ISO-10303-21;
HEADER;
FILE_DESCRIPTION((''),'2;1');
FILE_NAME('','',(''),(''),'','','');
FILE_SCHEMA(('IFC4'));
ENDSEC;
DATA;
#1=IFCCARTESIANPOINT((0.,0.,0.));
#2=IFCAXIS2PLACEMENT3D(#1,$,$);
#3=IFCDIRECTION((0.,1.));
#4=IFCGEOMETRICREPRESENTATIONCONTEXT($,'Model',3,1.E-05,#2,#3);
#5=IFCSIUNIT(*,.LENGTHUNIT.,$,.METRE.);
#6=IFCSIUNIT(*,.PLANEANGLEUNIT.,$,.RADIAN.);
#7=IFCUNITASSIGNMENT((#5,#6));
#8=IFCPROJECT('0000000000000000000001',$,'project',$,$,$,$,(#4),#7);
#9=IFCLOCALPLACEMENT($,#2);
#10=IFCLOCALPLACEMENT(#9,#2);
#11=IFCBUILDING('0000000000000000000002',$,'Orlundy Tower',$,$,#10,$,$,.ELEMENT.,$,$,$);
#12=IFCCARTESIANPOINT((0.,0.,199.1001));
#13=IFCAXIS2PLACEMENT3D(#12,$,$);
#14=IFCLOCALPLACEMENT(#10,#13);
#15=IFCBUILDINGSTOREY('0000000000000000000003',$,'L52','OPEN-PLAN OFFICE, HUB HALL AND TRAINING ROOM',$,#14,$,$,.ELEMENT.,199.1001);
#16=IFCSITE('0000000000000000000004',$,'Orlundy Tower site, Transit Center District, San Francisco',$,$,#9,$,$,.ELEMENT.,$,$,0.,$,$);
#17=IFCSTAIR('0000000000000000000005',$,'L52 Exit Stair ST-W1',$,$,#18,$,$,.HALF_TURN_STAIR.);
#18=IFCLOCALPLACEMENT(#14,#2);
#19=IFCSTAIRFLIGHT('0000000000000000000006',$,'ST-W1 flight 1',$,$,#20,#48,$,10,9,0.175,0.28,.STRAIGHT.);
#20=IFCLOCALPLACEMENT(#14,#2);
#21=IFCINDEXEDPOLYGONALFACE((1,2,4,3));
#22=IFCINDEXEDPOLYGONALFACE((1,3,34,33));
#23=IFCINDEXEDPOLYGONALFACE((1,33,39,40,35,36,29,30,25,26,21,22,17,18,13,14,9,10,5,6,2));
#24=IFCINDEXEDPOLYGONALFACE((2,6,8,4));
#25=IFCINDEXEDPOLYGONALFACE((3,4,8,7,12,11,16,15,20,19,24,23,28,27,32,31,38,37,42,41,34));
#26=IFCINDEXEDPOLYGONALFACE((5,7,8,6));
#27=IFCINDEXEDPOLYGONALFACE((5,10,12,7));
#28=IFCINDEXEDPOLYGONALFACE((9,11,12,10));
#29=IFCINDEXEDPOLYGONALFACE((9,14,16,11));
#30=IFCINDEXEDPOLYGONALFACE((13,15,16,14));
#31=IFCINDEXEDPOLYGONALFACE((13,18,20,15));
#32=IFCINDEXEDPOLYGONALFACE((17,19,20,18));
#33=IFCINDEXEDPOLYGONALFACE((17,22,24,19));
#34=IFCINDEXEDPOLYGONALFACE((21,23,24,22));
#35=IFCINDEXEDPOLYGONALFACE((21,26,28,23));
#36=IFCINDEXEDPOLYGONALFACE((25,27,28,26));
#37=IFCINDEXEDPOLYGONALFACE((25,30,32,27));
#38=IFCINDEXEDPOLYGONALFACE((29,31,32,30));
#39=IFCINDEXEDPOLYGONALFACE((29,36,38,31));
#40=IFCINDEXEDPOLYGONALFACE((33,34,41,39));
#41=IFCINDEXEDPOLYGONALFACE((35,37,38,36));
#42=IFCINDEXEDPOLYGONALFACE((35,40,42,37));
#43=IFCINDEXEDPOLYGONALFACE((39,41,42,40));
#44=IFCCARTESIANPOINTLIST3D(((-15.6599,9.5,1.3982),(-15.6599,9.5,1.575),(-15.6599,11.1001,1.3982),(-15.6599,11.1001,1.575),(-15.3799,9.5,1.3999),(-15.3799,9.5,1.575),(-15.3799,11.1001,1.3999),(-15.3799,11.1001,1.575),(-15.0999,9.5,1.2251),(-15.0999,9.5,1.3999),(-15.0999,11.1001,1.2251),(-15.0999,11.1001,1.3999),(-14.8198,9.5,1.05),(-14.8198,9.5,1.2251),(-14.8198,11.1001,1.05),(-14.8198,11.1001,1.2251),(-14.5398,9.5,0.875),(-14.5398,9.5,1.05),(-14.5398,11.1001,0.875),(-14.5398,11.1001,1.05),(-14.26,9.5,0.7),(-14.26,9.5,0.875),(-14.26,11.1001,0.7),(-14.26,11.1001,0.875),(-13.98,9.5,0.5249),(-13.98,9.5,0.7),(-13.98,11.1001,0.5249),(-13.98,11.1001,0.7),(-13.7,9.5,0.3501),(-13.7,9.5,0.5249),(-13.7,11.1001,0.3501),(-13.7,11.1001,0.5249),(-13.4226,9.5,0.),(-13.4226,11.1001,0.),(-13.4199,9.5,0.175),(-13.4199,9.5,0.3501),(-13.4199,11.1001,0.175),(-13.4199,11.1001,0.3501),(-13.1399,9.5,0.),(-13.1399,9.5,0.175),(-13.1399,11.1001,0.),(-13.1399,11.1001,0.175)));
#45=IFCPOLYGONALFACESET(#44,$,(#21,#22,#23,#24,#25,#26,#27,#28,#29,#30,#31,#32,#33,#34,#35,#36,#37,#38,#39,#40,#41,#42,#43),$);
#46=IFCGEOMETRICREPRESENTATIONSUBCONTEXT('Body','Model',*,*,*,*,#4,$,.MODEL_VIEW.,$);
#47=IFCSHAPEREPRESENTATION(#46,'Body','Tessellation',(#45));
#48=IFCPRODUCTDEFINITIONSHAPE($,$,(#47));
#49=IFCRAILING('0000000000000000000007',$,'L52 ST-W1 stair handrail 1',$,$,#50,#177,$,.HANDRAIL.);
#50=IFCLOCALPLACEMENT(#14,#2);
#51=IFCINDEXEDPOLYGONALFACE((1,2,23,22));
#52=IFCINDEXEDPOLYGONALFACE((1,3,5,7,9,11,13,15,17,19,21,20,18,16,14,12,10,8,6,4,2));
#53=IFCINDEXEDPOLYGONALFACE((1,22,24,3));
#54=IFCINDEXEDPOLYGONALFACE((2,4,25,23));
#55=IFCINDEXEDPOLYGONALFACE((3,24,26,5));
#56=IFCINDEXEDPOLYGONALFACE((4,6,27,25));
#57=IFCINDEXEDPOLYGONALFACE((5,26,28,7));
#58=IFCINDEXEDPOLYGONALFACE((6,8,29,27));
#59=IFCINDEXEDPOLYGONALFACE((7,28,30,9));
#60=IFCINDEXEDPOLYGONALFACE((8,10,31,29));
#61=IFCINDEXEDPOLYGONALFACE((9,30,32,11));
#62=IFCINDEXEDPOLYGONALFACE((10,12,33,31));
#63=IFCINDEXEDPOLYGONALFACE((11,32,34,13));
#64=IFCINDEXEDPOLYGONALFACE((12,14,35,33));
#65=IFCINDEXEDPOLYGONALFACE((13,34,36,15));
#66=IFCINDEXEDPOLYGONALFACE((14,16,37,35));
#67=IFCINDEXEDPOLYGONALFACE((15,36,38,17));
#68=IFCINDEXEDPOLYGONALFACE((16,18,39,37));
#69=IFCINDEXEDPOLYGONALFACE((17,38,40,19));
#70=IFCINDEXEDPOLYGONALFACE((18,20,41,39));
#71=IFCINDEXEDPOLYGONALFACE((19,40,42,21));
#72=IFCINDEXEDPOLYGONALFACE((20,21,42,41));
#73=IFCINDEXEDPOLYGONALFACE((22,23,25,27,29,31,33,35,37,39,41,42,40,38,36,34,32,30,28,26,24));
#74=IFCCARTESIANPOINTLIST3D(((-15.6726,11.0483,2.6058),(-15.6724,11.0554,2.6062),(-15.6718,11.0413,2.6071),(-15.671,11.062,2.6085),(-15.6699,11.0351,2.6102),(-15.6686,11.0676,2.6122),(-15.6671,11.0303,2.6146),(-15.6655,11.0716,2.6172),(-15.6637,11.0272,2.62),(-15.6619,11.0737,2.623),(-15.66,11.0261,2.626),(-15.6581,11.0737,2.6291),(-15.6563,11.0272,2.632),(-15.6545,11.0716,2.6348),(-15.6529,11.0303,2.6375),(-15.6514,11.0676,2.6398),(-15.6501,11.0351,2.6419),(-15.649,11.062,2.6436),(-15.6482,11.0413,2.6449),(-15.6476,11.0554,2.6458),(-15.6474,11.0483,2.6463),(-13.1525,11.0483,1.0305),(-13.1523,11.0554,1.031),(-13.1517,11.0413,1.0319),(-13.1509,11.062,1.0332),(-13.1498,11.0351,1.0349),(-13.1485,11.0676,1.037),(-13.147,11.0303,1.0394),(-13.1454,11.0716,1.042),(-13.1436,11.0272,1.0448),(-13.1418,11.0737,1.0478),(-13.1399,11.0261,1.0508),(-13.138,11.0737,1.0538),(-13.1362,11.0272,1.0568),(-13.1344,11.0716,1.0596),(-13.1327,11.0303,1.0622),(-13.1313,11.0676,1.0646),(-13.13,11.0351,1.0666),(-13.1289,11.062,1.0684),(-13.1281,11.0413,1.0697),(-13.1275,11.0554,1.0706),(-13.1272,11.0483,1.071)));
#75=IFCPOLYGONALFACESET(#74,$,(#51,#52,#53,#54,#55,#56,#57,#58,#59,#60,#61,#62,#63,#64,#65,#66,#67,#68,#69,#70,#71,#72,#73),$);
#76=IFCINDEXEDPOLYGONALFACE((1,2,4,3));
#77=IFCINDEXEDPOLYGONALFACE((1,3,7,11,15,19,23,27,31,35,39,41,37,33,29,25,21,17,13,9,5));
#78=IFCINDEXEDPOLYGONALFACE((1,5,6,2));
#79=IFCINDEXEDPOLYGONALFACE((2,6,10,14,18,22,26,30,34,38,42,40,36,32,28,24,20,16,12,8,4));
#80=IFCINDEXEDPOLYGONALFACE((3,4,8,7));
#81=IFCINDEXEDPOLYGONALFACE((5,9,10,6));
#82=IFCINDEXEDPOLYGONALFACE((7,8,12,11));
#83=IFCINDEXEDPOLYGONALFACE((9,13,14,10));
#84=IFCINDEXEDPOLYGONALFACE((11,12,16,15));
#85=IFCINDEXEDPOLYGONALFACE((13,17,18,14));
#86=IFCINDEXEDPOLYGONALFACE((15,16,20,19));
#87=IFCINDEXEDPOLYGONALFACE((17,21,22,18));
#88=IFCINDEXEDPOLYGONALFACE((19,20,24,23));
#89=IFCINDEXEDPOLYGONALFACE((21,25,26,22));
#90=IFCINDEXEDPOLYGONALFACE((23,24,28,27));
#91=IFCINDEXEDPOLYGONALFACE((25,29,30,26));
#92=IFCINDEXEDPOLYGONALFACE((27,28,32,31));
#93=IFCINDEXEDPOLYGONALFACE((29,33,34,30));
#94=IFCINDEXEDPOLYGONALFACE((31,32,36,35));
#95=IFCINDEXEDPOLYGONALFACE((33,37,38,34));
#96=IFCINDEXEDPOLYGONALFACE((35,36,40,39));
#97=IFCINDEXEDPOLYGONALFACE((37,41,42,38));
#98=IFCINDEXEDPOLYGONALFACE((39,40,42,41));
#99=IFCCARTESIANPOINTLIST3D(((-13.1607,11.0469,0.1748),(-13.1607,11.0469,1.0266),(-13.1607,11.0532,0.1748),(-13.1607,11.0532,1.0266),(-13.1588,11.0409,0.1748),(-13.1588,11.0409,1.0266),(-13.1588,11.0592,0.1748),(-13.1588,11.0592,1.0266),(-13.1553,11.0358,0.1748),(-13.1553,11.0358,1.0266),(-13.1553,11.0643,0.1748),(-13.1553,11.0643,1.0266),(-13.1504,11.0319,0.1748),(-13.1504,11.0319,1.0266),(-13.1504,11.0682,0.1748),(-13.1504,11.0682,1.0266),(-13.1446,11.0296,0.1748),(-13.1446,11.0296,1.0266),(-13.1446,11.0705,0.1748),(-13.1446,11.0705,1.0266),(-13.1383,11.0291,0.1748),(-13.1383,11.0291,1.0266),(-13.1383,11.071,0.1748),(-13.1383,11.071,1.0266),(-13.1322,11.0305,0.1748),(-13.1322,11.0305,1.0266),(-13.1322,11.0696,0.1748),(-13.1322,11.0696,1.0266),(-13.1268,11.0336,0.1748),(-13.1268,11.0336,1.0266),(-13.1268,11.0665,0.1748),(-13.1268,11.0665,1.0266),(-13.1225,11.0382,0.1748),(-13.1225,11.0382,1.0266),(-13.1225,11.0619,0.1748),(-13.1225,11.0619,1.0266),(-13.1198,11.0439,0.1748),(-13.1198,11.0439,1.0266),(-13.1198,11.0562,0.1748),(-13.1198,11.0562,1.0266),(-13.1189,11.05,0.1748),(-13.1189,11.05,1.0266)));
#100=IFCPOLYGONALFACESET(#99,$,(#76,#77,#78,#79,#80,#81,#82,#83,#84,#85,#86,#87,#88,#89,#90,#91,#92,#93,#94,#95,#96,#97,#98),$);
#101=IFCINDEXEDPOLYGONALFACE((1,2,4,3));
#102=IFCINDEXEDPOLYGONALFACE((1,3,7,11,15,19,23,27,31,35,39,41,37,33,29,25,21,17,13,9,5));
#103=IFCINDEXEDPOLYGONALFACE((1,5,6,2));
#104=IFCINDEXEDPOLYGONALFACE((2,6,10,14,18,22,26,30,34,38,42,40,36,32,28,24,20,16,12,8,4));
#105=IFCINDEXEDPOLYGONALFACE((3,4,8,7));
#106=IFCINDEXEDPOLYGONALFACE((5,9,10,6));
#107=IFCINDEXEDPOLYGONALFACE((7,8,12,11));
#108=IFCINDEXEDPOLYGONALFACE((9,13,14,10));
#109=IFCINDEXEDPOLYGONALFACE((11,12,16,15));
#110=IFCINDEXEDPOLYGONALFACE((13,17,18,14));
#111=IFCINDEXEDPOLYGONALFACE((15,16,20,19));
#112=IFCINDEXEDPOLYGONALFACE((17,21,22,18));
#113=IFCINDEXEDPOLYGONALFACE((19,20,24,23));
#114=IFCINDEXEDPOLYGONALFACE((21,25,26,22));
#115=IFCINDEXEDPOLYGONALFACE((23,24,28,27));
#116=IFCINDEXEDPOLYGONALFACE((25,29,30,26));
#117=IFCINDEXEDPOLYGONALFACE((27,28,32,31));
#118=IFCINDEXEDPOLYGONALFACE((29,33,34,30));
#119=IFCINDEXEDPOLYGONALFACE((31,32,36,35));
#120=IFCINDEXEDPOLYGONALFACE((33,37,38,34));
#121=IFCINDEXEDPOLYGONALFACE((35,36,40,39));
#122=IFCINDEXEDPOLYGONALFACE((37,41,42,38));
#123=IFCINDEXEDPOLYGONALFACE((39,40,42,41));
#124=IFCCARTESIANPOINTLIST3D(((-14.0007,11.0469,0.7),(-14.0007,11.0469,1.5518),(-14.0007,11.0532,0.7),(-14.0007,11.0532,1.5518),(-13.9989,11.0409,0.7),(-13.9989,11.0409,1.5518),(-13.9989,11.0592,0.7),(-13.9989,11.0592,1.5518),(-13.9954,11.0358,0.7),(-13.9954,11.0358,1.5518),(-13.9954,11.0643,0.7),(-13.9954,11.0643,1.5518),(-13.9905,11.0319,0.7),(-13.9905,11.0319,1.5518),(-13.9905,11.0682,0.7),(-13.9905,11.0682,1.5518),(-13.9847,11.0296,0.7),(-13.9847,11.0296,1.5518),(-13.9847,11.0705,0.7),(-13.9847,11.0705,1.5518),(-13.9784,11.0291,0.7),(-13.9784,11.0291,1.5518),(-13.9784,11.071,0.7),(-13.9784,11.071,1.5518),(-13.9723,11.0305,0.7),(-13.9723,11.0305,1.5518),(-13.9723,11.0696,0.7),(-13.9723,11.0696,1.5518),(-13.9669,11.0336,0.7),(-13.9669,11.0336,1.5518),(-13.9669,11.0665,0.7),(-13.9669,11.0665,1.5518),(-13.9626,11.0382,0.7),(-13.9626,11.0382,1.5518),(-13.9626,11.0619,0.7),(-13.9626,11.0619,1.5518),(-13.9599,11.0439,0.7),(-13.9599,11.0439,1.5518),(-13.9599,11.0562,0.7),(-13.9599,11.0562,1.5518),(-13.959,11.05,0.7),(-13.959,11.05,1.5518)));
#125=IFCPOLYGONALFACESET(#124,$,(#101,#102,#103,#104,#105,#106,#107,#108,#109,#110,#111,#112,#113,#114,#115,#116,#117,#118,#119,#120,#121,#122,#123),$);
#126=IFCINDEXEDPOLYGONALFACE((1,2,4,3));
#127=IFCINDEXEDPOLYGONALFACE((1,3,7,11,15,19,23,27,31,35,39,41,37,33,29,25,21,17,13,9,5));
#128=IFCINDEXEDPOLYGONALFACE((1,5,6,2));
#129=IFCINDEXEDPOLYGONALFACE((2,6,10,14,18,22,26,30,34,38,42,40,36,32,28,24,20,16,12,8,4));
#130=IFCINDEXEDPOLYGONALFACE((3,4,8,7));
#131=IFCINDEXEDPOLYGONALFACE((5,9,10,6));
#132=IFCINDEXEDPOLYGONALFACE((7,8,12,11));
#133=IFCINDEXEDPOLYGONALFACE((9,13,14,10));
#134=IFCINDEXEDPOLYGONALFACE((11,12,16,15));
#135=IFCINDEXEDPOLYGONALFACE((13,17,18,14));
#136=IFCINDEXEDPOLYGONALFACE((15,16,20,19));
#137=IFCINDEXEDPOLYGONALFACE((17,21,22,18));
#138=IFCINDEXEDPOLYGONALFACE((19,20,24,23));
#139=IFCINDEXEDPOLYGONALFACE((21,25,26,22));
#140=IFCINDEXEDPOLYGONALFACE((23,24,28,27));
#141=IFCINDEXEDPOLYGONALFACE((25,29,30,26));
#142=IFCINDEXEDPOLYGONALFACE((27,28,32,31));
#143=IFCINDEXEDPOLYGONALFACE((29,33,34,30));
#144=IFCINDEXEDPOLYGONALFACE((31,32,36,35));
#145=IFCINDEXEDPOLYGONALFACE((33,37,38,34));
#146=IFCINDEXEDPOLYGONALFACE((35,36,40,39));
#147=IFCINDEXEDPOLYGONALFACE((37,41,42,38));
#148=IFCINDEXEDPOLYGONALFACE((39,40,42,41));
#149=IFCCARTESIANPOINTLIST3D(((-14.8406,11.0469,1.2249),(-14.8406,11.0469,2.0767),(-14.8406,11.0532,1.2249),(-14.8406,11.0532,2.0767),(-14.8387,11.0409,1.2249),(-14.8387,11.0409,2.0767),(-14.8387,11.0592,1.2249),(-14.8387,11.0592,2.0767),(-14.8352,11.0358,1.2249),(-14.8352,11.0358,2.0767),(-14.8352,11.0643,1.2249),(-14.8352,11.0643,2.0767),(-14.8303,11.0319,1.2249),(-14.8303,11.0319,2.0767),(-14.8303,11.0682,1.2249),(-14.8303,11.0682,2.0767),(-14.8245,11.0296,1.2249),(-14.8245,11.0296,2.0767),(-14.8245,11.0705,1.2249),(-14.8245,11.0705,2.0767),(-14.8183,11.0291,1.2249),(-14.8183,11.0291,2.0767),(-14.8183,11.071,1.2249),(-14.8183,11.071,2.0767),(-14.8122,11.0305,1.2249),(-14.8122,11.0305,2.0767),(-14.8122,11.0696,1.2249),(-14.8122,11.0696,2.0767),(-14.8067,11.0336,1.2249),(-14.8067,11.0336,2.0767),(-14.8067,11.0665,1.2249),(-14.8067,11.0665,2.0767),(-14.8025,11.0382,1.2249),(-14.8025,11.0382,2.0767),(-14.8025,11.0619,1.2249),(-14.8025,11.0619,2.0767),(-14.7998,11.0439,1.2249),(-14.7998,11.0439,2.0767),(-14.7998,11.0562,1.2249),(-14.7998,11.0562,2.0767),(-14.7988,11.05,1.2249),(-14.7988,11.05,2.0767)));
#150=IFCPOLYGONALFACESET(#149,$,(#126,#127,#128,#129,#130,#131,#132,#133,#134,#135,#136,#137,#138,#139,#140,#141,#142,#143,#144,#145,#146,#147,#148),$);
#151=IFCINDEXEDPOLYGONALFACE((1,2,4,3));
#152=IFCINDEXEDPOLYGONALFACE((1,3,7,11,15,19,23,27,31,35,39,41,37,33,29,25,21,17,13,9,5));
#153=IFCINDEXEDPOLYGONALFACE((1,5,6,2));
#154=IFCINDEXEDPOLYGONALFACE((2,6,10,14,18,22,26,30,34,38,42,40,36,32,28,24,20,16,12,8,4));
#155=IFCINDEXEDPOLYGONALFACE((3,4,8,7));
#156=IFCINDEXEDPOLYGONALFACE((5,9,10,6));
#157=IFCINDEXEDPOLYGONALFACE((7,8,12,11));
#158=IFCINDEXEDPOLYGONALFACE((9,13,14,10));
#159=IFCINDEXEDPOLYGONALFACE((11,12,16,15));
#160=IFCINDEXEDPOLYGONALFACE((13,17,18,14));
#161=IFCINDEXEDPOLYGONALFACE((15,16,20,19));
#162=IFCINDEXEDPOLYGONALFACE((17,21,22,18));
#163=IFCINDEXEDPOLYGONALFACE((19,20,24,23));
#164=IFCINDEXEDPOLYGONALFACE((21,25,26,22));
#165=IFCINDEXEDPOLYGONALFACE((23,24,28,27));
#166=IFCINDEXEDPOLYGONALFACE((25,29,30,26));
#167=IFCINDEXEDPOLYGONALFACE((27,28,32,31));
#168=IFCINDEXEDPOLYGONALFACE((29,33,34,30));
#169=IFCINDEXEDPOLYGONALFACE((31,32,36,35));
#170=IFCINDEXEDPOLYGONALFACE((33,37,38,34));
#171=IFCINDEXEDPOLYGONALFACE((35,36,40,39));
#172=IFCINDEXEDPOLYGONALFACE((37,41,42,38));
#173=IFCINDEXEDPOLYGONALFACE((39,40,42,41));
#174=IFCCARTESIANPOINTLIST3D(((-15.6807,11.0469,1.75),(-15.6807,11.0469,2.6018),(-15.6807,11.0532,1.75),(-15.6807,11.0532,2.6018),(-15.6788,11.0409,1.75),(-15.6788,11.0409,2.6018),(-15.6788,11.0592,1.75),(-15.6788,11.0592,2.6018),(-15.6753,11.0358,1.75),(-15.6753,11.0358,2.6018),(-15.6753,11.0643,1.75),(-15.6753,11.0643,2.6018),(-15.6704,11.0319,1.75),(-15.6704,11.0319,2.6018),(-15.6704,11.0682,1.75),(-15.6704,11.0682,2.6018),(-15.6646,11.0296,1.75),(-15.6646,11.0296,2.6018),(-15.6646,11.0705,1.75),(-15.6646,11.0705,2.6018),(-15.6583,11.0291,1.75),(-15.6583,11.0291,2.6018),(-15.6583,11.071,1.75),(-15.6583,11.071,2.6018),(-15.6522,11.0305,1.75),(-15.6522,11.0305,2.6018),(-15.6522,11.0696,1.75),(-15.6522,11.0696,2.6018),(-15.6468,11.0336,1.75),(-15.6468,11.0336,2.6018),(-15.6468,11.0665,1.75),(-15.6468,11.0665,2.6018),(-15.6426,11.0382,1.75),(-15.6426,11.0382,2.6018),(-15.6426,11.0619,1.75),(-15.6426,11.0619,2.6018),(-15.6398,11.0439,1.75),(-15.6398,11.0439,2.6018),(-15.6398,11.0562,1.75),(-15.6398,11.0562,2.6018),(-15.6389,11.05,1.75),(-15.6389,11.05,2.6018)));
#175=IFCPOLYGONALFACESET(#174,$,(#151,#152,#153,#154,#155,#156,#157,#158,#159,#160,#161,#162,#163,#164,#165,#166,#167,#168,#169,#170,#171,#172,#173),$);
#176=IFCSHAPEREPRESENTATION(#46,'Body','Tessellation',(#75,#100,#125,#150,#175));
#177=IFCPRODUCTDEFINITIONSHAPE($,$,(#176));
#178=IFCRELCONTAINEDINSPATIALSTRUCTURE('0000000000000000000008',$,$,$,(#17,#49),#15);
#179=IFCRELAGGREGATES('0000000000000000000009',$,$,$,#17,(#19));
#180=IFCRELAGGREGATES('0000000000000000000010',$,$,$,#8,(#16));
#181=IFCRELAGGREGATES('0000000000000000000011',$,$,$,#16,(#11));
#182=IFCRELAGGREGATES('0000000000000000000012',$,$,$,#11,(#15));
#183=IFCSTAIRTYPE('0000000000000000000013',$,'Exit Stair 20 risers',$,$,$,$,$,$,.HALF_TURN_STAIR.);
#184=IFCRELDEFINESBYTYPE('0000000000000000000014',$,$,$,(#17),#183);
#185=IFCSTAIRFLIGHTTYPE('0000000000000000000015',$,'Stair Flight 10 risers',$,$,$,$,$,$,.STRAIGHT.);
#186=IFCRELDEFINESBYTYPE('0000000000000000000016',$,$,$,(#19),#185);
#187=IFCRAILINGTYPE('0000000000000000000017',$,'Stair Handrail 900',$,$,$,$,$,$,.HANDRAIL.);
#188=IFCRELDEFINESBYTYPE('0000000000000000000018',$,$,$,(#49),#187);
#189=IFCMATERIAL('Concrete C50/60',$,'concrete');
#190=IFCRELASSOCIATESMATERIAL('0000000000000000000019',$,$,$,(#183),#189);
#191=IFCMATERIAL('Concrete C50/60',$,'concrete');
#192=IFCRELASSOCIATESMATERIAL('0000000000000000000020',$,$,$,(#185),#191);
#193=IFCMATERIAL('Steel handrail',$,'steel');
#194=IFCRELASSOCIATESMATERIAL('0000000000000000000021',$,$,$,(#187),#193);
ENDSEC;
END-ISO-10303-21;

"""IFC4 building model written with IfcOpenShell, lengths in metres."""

from ifc_helpers import new_model, si_unit, direction, frame, origin, origin_2d, place, context, subcontext, project, spatial, polyline, circle, outline, extrude, material, type_object, element, aggregate, save


model = new_model("IFC4")

# Units and contexts
model_context = context("Model", 3, precision=1e-05, world=origin(), true_north=direction((0.0, 1.0)))
body_context = subcontext(model_context, "Body", "Model", "MODEL_VIEW")
ifc_project = project(units=[si_unit("LENGTHUNIT", "METRE"), si_unit("PLANEANGLEUNIT", "RADIAN")], contexts=[model_context])

# Site, building, storey
site_placement = place(None, origin())
site = spatial("IfcSite", under=ifc_project, at=site_placement, Name="Orlundy Tower site, Transit Center District, San Francisco", CompositionType="ELEMENT", RefElevation=0.0)
building_placement = place(site_placement, origin())
building = spatial("IfcBuilding", under=site, at=building_placement, Name="Orlundy Tower", CompositionType="ELEMENT")
storey_placement = place(building_placement, frame((0.0, 0.0, 199.1001)))
storey = spatial("IfcBuildingStorey", under=building, at=storey_placement, Name="L52", Description="OPEN-PLAN OFFICE, HUB HALL AND TRAINING ROOM", CompositionType="ELEMENT", Elevation=199.1001)

# Stair, stair flight
ifc_material_1 = material(Name="Concrete C50/60", Category="concrete")
stair_type = type_object("IfcStairType", Name="Exit Stair 20 risers", PredefinedType="HALF_TURN_STAIR", material=ifc_material_1)
stair_placement = place(storey_placement, origin())
stair = element("IfcStair", 1, at=stair_placement, inside=storey, type_object=stair_type, Name="L52 Exit Stair ST-W1", PredefinedType="HALF_TURN_STAIR")
ifc_material_2 = material(Name="Concrete C50/60", Category="concrete")
stair_flight_type = type_object("IfcStairFlightType", Name="Stair Flight 10 risers", PredefinedType="STRAIGHT", material=ifc_material_2)
stair_flight_placement = place(storey_placement, frame((-13.1399, 10.3, 0.0), z_axis=(0.0, 0.0, 1.0), x_axis=(-1.0, 0.0, 0.0)))
stair_flight = element("IfcStairFlight", 2, at=stair_flight_placement, type_object=stair_flight_type, Name="ST-W1 flight 1", NumberOfRisers=10, NumberOfTreads=9, PredefinedType="STRAIGHT", RiserHeight=0.175, TreadLength=0.28, context=body_context, shape_type="SweptSolid", body=[
    extrude(outline(polyline([(0.0, 0.0), (0.0, 0.175), (0.28, 0.175), (0.28, 0.3501), (0.5601, 0.3501), (0.5601, 0.5249), (0.8401, 0.5249), (0.8401, 0.7), (1.1201, 0.7), (1.1201, 0.875), (1.3999, 0.875), (1.3999, 1.05), (1.6799, 1.05), (1.6799, 1.2251), (1.96, 1.2251), (1.96, 1.3999), (2.24, 1.3999), (2.24, 1.575), (2.52, 1.575), (2.52, 1.75), (2.52, 1.3982), (0.2827, 0.0), (0.0, 0.0)])), frame((0.0, 0.8, 0.0), z_axis=(0.0, -1.0, 0.0), x_axis=(1.0, 0.0, 0.0)), (0.0, 0.0, 1.0), 1.6001),
])
aggregate(stair, [stair_flight])

# Railing
ifc_material_3 = material(Name="Steel handrail", Category="steel")
railing_type_1 = type_object("IfcRailingType", Name="Stair Handrail 900", PredefinedType="HANDRAIL", material=ifc_material_3)
railing_1_placement = place(storey_placement, frame((-13.1399, 11.05, 0.1748)))
element("IfcRailing", 3, at=railing_1_placement, inside=storey, type_object=railing_type_1, Name="L52 ST-W1 stair handrail 1", PredefinedType="HANDRAIL", context=body_context, shape_type="SweptSolid", body=[
    extrude(circle(Radius=0.0239, at=origin_2d()), frame((0.0, 0.0, 0.876), z_axis=(-0.847971, 0.0, 0.530043), x_axis=(0.0, -1.0, 0.0)), (0.0, 0.0, 1.0), 2.9719),
    extrude(circle(Radius=0.021, at=origin_2d()), origin(), (0.0, 0.0, 1.0), 0.8518),
    extrude(circle(Radius=0.021, at=origin_2d()), frame((-0.8401, 0.0, 0.5251)), (0.0, 0.0, 1.0), 0.8518),
    extrude(circle(Radius=0.021, at=origin_2d()), frame((-1.6799, 0.0, 1.05)), (0.0, 0.0, 1.0), 0.8518),
    extrude(circle(Radius=0.021, at=origin_2d()), frame((-2.52, 0.0, 1.5752)), (0.0, 0.0, 1.0), 0.8518),
])

save(model, "model.ifc")
